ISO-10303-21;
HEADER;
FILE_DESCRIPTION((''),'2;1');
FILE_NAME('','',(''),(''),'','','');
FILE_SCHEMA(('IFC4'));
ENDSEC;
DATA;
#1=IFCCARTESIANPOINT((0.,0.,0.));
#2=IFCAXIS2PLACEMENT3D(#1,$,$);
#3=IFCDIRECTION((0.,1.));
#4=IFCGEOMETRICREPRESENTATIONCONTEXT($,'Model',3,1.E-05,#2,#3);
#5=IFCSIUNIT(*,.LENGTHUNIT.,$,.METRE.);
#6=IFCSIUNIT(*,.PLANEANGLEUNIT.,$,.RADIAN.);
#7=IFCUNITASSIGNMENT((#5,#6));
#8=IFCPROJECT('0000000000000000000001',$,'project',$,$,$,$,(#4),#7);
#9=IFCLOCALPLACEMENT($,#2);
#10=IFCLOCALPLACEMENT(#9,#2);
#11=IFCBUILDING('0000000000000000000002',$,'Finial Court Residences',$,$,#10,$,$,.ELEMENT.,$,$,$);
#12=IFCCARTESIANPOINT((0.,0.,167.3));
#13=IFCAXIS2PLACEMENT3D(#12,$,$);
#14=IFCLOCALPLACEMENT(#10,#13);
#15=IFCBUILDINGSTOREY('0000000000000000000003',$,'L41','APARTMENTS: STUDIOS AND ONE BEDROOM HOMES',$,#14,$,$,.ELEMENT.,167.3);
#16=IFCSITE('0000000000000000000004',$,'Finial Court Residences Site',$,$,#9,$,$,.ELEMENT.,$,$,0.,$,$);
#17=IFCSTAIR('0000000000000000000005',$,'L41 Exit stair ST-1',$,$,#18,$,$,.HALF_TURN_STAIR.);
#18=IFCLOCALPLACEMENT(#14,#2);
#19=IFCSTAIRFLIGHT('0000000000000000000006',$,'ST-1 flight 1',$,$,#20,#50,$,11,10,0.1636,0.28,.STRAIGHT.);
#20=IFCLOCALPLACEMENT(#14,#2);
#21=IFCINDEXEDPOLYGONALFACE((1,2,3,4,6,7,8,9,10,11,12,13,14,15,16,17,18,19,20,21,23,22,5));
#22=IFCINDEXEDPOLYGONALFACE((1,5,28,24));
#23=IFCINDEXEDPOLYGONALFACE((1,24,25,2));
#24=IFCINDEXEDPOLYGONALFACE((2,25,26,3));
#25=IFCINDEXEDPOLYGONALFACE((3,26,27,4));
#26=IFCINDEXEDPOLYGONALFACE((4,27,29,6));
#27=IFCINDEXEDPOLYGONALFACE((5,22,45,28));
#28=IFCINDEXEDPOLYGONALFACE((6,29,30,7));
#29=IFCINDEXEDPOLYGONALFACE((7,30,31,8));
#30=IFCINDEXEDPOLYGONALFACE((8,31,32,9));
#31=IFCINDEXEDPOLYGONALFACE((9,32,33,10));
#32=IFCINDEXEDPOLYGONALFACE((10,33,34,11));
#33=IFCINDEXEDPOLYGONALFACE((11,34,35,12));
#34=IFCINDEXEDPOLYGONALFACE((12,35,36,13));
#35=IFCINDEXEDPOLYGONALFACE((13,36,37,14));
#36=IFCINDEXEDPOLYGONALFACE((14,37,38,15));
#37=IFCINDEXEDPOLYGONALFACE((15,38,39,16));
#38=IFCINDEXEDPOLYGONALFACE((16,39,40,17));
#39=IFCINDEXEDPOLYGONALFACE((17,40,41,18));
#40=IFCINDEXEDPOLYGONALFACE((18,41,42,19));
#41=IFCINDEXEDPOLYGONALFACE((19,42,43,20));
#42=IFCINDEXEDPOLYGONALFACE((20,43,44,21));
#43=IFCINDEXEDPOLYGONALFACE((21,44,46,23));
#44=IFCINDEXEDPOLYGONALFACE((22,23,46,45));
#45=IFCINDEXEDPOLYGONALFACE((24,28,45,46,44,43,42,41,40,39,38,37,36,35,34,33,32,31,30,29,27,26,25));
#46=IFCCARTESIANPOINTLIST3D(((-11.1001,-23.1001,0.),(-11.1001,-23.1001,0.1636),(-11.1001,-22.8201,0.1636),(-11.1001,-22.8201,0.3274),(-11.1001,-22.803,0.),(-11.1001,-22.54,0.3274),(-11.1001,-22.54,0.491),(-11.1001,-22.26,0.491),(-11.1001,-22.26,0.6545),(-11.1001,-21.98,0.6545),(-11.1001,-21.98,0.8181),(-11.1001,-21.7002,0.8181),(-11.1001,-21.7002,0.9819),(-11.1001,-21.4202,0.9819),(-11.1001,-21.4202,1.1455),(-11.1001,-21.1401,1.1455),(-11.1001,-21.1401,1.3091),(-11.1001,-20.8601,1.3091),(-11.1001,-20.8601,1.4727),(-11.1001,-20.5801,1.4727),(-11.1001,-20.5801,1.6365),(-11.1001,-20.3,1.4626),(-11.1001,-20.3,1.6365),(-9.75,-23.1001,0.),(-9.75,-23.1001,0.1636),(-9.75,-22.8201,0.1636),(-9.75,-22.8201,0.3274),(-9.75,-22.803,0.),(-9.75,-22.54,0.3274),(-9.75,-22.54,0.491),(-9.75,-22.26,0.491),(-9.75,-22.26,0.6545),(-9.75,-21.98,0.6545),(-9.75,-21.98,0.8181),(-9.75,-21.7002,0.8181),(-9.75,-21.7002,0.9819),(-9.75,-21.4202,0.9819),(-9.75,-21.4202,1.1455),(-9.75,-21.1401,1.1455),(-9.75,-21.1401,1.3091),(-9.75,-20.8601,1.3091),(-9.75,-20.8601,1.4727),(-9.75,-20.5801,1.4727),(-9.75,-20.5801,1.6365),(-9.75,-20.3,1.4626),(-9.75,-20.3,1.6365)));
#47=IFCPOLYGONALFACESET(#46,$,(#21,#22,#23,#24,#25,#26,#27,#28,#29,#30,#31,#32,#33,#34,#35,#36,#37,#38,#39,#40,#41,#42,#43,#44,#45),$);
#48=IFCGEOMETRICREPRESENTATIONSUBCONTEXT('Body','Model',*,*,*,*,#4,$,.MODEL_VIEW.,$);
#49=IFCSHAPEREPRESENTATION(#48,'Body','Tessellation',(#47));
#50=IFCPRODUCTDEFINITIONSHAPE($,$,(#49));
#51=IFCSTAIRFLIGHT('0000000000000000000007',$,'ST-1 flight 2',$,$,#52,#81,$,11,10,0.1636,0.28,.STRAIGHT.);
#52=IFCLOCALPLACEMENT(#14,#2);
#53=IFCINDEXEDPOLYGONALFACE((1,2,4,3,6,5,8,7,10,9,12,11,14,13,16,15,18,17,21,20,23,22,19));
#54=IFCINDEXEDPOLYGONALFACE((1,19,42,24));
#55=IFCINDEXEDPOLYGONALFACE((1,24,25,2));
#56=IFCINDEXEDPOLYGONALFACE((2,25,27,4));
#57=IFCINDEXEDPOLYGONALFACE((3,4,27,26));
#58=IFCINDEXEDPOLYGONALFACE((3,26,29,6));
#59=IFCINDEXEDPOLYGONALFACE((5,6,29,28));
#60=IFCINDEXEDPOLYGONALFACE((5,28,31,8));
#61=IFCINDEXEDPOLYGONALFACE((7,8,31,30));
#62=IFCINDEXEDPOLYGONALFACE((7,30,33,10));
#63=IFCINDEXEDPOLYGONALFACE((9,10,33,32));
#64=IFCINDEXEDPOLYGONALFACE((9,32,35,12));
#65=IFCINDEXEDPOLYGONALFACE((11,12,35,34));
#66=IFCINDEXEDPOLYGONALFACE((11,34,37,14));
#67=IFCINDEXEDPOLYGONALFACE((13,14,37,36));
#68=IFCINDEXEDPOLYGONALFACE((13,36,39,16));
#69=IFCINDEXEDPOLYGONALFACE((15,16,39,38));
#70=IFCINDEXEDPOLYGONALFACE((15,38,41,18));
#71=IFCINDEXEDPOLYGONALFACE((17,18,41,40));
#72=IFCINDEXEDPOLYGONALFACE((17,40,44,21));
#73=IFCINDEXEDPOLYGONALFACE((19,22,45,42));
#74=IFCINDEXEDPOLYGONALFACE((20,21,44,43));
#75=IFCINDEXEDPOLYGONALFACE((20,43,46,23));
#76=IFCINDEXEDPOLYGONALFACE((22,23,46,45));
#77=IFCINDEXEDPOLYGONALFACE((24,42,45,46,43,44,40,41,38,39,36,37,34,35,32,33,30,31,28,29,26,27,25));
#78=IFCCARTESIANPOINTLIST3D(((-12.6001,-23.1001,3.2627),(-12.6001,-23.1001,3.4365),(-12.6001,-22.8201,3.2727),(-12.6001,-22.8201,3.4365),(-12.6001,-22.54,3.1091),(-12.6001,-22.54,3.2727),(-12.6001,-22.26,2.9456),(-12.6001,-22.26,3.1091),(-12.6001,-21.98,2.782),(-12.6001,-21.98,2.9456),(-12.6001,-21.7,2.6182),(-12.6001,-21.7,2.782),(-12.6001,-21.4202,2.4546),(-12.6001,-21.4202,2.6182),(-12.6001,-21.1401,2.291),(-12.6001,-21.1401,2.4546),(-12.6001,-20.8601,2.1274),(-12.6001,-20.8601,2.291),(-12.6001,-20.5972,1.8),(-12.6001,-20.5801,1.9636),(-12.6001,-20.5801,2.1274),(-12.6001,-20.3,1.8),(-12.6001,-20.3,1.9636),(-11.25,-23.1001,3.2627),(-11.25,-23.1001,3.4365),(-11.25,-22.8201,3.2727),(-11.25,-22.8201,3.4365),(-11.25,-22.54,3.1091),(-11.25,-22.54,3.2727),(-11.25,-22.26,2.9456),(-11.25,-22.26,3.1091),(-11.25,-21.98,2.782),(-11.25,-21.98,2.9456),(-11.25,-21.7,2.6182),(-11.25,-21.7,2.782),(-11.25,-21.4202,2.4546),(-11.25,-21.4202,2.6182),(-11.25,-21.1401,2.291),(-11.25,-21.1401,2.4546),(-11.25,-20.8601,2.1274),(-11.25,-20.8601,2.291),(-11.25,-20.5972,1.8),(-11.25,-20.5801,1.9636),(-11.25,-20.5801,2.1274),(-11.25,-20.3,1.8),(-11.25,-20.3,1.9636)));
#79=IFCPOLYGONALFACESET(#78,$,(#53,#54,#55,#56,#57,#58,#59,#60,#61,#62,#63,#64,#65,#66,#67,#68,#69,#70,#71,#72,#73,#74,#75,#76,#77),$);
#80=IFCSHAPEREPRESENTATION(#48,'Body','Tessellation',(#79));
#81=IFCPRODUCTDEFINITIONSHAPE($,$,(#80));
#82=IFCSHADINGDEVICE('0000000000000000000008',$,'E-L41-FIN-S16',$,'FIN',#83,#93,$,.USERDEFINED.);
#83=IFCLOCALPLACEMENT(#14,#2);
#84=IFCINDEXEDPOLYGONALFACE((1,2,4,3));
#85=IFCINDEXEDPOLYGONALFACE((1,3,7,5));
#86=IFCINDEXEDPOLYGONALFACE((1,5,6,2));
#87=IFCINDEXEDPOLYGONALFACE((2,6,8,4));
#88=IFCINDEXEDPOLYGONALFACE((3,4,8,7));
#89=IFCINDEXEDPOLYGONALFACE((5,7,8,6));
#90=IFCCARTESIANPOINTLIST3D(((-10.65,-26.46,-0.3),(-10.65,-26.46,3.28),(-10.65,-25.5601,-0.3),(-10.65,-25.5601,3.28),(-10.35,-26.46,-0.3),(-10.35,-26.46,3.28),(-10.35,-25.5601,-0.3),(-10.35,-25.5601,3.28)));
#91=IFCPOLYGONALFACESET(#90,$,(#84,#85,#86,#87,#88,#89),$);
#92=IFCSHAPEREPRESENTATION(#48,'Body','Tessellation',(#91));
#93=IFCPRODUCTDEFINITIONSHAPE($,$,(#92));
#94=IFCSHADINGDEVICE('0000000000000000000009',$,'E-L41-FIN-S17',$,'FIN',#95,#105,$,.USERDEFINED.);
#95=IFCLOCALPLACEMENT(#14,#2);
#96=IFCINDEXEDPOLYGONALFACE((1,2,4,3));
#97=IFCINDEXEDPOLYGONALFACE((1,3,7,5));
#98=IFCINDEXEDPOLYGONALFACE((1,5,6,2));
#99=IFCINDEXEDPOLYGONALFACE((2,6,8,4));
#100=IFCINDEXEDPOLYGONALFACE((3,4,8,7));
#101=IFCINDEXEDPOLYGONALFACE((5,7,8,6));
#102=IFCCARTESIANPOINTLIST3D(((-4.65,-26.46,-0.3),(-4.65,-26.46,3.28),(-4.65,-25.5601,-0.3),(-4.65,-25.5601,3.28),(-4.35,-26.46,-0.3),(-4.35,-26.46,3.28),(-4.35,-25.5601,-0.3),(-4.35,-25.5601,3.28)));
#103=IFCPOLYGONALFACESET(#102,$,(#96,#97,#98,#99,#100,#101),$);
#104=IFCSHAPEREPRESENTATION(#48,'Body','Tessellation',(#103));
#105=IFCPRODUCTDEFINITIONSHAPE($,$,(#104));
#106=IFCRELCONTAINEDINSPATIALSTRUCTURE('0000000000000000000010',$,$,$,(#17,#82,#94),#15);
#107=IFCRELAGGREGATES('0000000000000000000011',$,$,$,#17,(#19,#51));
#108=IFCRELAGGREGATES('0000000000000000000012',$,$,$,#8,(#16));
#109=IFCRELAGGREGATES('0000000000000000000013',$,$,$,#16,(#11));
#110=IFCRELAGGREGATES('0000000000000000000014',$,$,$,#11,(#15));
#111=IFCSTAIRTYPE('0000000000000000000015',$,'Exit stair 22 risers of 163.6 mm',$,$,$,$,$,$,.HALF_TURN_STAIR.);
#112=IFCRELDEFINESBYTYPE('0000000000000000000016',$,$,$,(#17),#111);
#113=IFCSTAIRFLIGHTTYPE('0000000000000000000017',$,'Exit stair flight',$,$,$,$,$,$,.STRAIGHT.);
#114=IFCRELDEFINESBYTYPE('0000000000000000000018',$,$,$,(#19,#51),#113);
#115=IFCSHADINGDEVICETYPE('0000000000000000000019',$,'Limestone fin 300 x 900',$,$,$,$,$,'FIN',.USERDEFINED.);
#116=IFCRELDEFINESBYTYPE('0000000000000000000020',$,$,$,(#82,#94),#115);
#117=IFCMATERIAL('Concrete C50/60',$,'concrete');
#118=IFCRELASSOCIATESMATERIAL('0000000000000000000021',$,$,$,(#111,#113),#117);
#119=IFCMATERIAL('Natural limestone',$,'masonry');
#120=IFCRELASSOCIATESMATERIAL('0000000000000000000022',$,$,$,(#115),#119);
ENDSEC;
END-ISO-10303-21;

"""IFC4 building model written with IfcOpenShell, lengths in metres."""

from ifc_helpers import new_model, si_unit, direction, frame, origin, origin_2d, place, context, subcontext, project, spatial, polyline, rectangle, outline, extrude, material, type_object, element, aggregate, save


model = new_model("IFC4")

# Units and contexts
model_context = context("Model", 3, precision=1e-05, world=origin(), true_north=direction((0.0, 1.0)))
body_context = subcontext(model_context, "Body", "Model", "MODEL_VIEW")
ifc_project = project(units=[si_unit("LENGTHUNIT", "METRE"), si_unit("PLANEANGLEUNIT", "RADIAN")], contexts=[model_context])

# Site, building, storey
site_placement = place(None, origin())
site = spatial("IfcSite", under=ifc_project, at=site_placement, Name="Finial Court Residences Site", CompositionType="ELEMENT", RefElevation=0.0)
building_placement = place(site_placement, origin())
building = spatial("IfcBuilding", under=site, at=building_placement, Name="Finial Court Residences", CompositionType="ELEMENT")
storey_placement = place(building_placement, frame((0.0, 0.0, 167.3)))
storey = spatial("IfcBuildingStorey", under=building, at=storey_placement, Name="L41", Description="APARTMENTS: STUDIOS AND ONE BEDROOM HOMES", CompositionType="ELEMENT", Elevation=167.3)

# Stair, stair flights
ifc_material_1 = material(Name="Concrete C50/60", Category="concrete")
stair_type = type_object("IfcStairType", Name="Exit stair 22 risers of 163.6 mm", PredefinedType="HALF_TURN_STAIR", material=ifc_material_1)
stair_placement = place(storey_placement, origin())
stair = element("IfcStair", 1, at=stair_placement, inside=storey, type_object=stair_type, Name="L41 Exit stair ST-1", PredefinedType="HALF_TURN_STAIR")
stair_flight_type = type_object("IfcStairFlightType", Name="Exit stair flight", PredefinedType="STRAIGHT", material=ifc_material_1)
stair_flight_1_placement = place(storey_placement, frame((-10.425, -23.1001, 0.0), z_axis=(0.0, 0.0, 1.0), x_axis=(0.0, 1.0, 0.0)))
stair_flight_1 = element("IfcStairFlight", 2, at=stair_flight_1_placement, type_object=stair_flight_type, Name="ST-1 flight 1", NumberOfRisers=11, NumberOfTreads=10, PredefinedType="STRAIGHT", RiserHeight=0.1636, TreadLength=0.28, context=body_context, shape_type="SweptSolid", body=[
    extrude(outline(polyline([(0.0, 0.0), (0.0, 0.1636), (0.28, 0.1636), (0.28, 0.3274), (0.5601, 0.3274), (0.5601, 0.491), (0.8401, 0.491), (0.8401, 0.6545), (1.1201, 0.6545), (1.1201, 0.8181), (1.3999, 0.8181), (1.3999, 0.9819), (1.6799, 0.9819), (1.6799, 1.1455), (1.96, 1.1455), (1.96, 1.3091), (2.24, 1.3091), (2.24, 1.4727), (2.52, 1.4727), (2.52, 1.6365), (2.8, 1.6365), (2.8, 1.8), (2.8, 1.4626), (0.2971, 0.0), (0.0, 0.0)])), frame((0.0, 0.675, 0.0), z_axis=(0.0, -1.0, 0.0), x_axis=(1.0, 0.0, 0.0)), (0.0, 0.0, 1.0), 1.3501),
])
stair_flight_2_placement = place(storey_placement, frame((-11.925, -20.3, 1.8), z_axis=(0.0, 0.0, 1.0), x_axis=(0.0, -1.0, 0.0)))
stair_flight_2 = element("IfcStairFlight", 3, at=stair_flight_2_placement, type_object=stair_flight_type, Name="ST-1 flight 2", NumberOfRisers=11, NumberOfTreads=10, PredefinedType="STRAIGHT", RiserHeight=0.1636, TreadLength=0.28, context=body_context, shape_type="SweptSolid", body=[
    extrude(outline(polyline([(0.0, 0.0), (0.0, 0.1636), (0.28, 0.1636), (0.28, 0.3274), (0.5601, 0.3274), (0.5601, 0.491), (0.8401, 0.491), (0.8401, 0.6545), (1.1201, 0.6545), (1.1201, 0.8181), (1.3999, 0.8181), (1.3999, 0.9819), (1.6799, 0.9819), (1.6799, 1.1455), (1.96, 1.1455), (1.96, 1.3091), (2.24, 1.3091), (2.24, 1.4727), (2.52, 1.4727), (2.52, 1.6365), (2.8, 1.6365), (2.8, 1.8), (2.8, 1.4626), (0.2971, 0.0), (0.0, 0.0)])), frame((0.0, 0.675, 0.0), z_axis=(0.0, -1.0, 0.0), x_axis=(1.0, 0.0, 0.0)), (0.0, 0.0, 1.0), 1.3501),
])
aggregate(stair, [stair_flight_1, stair_flight_2])

# Shading devices
ifc_material_2 = material(Name="Natural limestone", Category="masonry")
shading_device_type = type_object("IfcShadingDeviceType", Name="Limestone fin 300 x 900", ElementType="FIN", PredefinedType="USERDEFINED", material=ifc_material_2)
for number, where, z_axis, x_axis, name in (
    (4, (-10.5, -26.01, -0.3), (0.0, 0.0, 1.0), (1.0, 0.0, 0.0), "E-L41-FIN-S16"),
    (5, (-4.5, -26.01, -0.3), (0.0, 0.0, 1.0), (1.0, 0.0, 0.0), "E-L41-FIN-S17"),
):
    element("IfcShadingDevice", number, at=place(storey_placement, frame(where, z_axis=z_axis, x_axis=x_axis)), inside=storey, type_object=shading_device_type, Name=name, ObjectType="FIN", PredefinedType="USERDEFINED", context=body_context, shape_type="SweptSolid", body=[
        extrude(rectangle(XDim=0.3, YDim=0.8999, at=origin_2d()), origin(), (0.0, 0.0, 1.0), 3.5801),
    ])

save(model, "model.ifc")
